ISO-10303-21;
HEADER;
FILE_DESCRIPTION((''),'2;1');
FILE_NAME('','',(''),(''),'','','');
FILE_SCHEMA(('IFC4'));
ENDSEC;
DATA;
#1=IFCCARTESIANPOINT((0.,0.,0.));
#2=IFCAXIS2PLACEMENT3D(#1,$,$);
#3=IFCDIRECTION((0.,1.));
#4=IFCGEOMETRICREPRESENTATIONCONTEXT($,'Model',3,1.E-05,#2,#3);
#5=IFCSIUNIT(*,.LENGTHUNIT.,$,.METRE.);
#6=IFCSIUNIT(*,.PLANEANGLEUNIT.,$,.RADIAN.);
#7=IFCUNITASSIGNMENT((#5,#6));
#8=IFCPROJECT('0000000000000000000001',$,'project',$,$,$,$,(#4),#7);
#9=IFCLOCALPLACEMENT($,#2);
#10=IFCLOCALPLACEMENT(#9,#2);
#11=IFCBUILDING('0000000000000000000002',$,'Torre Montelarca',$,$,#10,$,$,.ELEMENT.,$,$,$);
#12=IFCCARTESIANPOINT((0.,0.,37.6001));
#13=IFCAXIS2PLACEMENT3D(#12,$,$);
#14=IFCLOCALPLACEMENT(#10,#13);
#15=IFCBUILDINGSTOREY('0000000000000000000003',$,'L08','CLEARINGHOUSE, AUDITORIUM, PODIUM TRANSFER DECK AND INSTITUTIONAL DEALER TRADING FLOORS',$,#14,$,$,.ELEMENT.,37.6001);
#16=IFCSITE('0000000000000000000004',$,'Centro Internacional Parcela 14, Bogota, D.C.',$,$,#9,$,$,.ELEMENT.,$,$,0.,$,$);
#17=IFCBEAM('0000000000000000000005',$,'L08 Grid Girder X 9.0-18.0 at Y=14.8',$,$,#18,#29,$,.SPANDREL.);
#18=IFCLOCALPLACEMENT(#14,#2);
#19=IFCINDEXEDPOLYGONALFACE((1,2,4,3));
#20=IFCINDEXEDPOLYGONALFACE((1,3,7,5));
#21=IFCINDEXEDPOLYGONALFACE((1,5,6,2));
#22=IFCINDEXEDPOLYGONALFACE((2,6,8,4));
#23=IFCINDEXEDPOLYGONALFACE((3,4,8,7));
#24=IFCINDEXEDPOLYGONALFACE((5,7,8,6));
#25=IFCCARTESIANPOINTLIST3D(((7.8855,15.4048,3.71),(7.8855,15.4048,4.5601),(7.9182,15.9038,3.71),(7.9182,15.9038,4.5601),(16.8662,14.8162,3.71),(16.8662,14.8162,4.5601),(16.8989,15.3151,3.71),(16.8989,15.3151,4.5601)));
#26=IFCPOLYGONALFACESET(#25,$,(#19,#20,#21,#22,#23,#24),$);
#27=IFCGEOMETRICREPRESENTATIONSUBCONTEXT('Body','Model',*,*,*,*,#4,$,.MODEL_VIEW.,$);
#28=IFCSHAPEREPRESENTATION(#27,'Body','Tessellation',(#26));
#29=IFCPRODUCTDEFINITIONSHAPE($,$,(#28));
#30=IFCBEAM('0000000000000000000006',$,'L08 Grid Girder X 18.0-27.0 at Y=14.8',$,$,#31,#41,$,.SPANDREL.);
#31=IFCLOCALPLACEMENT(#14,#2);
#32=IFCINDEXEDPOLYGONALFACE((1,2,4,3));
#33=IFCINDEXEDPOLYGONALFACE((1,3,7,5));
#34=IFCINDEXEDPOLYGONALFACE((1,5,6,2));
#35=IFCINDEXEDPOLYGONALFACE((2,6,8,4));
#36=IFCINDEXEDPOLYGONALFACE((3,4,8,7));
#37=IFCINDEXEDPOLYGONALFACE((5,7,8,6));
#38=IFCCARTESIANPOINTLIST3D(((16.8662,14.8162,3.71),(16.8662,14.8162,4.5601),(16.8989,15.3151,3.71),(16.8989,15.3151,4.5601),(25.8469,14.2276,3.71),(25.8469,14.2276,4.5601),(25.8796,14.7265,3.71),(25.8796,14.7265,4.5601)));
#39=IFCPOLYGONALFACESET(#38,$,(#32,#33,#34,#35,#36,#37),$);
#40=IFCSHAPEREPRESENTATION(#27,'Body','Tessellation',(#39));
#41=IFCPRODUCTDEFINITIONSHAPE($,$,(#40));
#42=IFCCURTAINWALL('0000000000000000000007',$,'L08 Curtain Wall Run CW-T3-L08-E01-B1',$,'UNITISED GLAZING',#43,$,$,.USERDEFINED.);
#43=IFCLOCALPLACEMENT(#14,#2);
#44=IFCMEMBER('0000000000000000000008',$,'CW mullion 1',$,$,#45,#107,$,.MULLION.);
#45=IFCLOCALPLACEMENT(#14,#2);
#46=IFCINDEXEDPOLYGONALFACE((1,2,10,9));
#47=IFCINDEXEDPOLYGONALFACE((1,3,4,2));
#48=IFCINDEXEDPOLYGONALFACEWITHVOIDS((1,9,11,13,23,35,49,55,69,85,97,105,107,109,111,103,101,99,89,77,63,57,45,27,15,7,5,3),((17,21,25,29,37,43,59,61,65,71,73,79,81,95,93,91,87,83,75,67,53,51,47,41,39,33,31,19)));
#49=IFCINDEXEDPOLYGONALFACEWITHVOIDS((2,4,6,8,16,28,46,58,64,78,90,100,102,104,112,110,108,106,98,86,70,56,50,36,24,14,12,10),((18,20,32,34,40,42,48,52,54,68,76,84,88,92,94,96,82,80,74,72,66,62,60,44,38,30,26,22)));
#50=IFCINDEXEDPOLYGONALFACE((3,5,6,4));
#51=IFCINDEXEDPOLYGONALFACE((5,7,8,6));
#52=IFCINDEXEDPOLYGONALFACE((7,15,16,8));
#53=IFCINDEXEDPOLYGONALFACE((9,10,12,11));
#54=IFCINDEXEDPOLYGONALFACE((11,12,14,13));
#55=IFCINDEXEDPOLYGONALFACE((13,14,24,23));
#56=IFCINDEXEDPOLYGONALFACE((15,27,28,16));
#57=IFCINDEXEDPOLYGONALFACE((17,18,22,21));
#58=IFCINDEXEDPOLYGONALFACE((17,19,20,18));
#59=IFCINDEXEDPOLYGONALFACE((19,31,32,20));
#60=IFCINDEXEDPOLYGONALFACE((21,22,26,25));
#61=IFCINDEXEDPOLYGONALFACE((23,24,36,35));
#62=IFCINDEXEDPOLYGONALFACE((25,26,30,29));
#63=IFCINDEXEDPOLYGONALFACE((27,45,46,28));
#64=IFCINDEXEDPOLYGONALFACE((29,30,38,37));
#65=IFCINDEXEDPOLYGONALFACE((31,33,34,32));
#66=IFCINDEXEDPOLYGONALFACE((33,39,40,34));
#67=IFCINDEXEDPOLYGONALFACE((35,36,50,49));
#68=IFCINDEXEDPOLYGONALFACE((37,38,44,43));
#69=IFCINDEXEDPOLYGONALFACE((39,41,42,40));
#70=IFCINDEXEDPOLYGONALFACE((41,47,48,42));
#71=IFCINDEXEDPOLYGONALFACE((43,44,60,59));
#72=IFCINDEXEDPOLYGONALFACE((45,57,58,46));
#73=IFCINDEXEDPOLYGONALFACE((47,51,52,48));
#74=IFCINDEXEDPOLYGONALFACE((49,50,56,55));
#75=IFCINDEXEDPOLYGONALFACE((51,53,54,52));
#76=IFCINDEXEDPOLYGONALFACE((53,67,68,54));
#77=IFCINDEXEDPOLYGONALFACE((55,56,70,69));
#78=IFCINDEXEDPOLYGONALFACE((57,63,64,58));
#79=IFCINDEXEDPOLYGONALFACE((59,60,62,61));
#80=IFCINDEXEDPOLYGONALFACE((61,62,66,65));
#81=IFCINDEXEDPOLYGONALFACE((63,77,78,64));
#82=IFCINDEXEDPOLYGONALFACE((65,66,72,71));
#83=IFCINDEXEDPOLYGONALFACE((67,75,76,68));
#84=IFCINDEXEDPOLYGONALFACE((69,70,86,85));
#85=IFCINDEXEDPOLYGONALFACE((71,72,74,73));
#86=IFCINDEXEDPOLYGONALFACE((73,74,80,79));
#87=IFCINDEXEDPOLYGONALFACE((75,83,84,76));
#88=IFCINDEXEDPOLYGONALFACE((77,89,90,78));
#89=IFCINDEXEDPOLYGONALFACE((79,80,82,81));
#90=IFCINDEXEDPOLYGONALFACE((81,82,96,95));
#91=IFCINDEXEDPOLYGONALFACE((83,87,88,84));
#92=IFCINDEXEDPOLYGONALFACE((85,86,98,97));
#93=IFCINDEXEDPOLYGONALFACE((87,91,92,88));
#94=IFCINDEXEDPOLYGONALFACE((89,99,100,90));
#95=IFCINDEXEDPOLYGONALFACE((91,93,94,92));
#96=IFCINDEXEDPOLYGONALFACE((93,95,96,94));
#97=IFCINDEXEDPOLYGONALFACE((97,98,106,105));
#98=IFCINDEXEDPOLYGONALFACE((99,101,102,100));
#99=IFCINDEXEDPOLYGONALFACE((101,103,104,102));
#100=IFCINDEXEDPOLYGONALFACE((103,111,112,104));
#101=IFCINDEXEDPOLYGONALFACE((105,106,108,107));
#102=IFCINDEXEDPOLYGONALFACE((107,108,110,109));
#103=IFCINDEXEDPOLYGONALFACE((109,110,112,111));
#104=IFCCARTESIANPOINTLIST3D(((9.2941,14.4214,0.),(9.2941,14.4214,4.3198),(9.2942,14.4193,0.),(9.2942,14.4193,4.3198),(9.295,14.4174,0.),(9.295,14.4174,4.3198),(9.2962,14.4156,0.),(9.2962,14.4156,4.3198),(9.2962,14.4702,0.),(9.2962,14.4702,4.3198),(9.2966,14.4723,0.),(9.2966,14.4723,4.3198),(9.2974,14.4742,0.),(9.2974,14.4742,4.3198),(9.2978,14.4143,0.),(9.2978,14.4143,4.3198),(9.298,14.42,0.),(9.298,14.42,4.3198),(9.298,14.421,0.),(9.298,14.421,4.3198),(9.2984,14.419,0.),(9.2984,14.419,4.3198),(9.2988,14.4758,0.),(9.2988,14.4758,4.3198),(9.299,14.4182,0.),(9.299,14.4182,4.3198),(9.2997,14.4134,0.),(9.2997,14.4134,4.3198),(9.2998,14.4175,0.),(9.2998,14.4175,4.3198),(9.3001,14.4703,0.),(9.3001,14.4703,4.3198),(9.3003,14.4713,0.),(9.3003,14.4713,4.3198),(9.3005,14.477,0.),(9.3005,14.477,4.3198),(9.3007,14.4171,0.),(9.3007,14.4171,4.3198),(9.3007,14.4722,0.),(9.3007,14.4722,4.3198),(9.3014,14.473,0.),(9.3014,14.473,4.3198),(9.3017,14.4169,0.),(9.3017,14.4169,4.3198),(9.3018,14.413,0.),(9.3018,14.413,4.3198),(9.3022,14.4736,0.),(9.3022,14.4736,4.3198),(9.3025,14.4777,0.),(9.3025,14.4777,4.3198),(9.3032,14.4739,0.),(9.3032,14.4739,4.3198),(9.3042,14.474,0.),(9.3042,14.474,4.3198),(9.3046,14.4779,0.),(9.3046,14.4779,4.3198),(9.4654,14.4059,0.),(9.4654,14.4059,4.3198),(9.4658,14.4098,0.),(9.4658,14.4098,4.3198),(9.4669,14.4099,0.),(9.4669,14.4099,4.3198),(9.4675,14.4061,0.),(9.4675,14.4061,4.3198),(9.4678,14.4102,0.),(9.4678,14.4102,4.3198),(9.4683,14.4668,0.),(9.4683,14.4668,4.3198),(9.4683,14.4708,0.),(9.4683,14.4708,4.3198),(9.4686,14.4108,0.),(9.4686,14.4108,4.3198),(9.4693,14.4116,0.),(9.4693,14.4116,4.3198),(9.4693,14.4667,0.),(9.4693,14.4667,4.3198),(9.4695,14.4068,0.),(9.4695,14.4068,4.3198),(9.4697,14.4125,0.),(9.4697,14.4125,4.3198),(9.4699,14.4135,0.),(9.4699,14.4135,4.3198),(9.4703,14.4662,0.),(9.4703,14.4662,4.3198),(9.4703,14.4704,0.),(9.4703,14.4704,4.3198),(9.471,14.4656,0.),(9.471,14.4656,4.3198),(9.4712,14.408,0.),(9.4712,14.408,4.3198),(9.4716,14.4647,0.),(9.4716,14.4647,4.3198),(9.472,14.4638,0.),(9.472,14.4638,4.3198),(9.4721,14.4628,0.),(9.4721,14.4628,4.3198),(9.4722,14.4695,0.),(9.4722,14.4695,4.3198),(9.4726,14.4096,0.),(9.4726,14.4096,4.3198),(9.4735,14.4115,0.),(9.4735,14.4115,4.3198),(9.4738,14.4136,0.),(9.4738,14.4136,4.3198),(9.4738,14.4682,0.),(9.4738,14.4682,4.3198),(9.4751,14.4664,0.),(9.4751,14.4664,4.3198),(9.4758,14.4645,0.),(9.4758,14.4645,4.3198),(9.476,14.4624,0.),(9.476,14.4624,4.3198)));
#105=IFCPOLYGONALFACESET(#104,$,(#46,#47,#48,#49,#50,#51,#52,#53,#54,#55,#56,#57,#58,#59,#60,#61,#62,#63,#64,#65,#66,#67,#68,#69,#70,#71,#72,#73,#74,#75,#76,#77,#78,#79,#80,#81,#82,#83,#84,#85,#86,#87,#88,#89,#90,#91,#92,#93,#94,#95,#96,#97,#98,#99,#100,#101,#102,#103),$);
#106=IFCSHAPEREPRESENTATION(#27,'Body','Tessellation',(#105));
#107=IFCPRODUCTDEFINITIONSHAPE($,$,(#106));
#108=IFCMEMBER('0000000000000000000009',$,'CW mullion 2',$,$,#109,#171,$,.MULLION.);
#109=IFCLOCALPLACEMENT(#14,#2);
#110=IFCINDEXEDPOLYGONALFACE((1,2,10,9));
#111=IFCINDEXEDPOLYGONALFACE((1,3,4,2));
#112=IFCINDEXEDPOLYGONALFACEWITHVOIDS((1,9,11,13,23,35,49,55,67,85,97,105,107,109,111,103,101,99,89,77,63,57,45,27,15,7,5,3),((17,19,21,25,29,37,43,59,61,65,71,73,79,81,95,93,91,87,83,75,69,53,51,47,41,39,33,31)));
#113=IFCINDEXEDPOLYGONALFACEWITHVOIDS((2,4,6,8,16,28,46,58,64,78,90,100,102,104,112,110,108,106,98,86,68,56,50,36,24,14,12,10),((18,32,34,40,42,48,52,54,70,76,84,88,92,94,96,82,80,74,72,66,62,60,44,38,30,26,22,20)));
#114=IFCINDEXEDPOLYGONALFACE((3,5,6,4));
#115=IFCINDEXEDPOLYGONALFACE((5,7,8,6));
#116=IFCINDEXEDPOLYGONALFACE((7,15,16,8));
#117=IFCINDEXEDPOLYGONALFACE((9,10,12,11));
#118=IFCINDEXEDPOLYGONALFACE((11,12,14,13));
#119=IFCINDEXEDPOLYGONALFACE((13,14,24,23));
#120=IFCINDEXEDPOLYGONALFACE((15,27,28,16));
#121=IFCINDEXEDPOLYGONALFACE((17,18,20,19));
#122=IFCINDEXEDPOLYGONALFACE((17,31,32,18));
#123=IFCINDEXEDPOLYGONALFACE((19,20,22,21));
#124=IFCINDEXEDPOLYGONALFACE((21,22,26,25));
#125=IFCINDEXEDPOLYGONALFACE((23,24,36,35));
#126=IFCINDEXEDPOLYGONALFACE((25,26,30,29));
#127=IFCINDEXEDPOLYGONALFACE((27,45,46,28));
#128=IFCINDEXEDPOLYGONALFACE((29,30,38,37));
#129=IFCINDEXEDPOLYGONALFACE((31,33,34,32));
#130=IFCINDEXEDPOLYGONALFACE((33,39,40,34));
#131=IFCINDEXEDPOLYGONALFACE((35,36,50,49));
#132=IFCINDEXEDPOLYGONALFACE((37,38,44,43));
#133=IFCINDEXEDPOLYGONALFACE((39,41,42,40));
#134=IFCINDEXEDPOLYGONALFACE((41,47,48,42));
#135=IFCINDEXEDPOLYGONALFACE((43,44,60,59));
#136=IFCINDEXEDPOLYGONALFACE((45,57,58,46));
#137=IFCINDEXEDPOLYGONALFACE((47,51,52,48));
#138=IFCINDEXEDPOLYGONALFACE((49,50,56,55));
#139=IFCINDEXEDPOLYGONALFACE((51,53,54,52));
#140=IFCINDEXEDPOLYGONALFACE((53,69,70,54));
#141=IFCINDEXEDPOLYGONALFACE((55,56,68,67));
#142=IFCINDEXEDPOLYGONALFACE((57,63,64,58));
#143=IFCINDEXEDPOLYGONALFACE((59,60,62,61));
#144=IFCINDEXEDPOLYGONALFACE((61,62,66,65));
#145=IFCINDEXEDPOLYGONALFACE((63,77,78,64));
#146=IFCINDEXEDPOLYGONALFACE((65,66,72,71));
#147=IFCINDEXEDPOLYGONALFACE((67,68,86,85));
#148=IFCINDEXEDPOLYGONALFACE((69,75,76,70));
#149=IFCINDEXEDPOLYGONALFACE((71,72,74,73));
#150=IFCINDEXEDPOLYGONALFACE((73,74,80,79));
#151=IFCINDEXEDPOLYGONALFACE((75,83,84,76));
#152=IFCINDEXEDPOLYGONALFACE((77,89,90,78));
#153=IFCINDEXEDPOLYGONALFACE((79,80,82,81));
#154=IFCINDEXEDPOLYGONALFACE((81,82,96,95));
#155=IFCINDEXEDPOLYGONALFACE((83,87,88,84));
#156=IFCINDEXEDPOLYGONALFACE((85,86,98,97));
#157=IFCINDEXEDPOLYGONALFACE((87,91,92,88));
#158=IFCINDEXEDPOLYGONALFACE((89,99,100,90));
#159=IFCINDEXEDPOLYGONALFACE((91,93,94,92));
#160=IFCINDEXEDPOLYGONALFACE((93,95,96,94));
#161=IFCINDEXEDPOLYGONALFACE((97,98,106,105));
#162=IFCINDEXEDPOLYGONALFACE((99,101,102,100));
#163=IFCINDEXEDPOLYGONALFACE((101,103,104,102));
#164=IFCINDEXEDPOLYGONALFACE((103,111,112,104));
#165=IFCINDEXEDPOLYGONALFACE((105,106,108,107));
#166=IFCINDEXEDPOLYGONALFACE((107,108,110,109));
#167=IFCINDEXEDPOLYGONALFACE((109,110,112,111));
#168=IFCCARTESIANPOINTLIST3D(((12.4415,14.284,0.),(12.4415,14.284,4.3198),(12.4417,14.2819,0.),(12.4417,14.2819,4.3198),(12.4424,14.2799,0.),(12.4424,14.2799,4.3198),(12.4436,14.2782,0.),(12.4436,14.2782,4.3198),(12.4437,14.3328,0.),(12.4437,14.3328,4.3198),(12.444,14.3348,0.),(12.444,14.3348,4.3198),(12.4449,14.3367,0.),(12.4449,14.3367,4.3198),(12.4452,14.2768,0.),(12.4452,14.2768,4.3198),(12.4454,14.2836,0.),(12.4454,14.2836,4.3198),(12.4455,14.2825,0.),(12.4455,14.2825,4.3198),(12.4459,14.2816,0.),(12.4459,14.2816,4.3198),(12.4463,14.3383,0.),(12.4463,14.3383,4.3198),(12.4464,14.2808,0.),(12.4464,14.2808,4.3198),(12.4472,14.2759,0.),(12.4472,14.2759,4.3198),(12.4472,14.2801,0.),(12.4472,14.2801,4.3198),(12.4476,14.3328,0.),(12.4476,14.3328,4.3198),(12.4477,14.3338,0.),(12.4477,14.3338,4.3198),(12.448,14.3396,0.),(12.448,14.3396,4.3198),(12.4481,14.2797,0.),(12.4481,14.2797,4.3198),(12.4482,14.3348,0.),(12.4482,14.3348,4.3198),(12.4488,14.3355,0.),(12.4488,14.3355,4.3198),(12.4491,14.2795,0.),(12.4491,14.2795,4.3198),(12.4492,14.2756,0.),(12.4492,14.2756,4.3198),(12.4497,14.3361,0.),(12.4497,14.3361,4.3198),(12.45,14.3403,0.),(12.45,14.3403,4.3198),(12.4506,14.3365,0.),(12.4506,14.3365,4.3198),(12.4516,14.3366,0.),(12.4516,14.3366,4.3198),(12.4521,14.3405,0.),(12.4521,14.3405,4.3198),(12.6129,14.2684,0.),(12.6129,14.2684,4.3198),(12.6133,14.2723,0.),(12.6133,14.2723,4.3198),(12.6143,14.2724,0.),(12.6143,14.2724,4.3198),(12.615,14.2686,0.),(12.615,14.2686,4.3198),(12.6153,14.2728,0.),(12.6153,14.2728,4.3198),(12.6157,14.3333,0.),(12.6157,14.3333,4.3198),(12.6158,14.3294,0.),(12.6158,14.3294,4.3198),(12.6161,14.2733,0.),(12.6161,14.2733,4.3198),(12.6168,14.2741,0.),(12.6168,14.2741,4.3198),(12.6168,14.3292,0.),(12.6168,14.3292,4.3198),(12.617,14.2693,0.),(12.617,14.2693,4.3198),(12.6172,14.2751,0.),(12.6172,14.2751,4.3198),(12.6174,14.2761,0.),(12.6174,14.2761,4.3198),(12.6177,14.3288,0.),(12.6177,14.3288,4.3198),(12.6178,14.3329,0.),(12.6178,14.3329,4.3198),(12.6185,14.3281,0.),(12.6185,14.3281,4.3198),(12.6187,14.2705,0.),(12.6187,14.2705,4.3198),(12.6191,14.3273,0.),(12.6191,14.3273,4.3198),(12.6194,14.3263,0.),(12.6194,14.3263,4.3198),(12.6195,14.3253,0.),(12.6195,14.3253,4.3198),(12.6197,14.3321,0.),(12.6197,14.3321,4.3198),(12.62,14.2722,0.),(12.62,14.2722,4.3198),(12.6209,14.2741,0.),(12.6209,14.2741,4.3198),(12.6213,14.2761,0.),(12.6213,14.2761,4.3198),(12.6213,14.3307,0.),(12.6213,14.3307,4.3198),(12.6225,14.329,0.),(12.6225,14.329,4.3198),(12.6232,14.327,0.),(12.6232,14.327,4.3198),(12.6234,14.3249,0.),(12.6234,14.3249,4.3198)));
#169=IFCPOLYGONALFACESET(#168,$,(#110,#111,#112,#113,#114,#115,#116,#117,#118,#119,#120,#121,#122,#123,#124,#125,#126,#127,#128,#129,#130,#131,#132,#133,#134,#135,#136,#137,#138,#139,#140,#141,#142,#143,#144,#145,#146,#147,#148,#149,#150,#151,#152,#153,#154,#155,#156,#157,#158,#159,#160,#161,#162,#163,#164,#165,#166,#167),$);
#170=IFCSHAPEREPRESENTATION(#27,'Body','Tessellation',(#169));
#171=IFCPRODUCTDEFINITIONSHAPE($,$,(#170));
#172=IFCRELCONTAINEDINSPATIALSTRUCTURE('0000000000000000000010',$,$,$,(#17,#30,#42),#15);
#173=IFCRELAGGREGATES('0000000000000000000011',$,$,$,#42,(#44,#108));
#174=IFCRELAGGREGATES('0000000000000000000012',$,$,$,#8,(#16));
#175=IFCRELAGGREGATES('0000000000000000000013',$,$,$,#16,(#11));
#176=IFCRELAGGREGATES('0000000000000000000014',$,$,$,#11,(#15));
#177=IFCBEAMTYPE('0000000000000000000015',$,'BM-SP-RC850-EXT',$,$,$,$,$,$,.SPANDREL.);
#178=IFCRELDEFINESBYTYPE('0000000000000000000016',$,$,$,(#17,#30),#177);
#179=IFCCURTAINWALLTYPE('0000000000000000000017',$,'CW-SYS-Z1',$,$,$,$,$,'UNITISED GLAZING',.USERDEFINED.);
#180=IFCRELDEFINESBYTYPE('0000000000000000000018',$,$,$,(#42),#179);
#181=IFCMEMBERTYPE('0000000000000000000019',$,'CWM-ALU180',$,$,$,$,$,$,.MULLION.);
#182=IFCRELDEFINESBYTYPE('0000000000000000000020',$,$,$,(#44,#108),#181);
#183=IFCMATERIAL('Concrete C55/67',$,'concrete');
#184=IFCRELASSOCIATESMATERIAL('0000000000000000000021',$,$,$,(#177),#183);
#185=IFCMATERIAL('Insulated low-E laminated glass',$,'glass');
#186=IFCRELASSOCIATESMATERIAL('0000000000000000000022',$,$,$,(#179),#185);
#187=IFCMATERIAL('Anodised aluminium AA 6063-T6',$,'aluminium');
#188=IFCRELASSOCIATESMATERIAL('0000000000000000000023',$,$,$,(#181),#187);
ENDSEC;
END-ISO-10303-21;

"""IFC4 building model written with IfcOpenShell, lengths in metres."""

from ifc_helpers import new_model, si_unit, direction, frame, origin, origin_2d, place, context, subcontext, project, spatial, rectangle, hollow_rectangle, extrude, source, transform, mapped, material, material_profile, profile_set, type_object, element, aggregate, save


model = new_model("IFC4")

# Units and contexts
model_context = context("Model", 3, precision=1e-05, world=origin(), true_north=direction((0.0, 1.0)))
body_context = subcontext(model_context, "Body", "Model", "MODEL_VIEW")
ifc_project = project(units=[si_unit("LENGTHUNIT", "METRE"), si_unit("PLANEANGLEUNIT", "RADIAN")], contexts=[model_context])

# Site, building, storey
site_placement = place(None, origin())
site = spatial("IfcSite", under=ifc_project, at=site_placement, Name="Centro Internacional Parcela 14, Bogota, D.C.", CompositionType="ELEMENT", RefElevation=0.0)
building_placement = place(site_placement, origin())
building = spatial("IfcBuilding", under=site, at=building_placement, Name="Torre Montelarca", CompositionType="ELEMENT")
storey_placement = place(building_placement, frame((0.0, 0.0, 37.6001)))
storey = spatial("IfcBuildingStorey", under=building, at=storey_placement, Name="L08", Description="CLEARINGHOUSE, AUDITORIUM, PODIUM TRANSFER DECK AND INSTITUTIONAL DEALER TRADING FLOORS", CompositionType="ELEMENT", Elevation=37.6001)

# Beams
ifc_material_1 = material(Name="Concrete C55/67", Category="concrete")
ifc_material_profile_1 = material_profile(ifc_material_1, rectangle(XDim=0.5, YDim=0.8501, at=origin_2d()), Name="RCB500X850", Category="concrete")
ifc_profile_set_1 = profile_set([ifc_material_profile_1], Name="Concrete C55/67")
beam_type = type_object("IfcBeamType", Name="BM-SP-RC850-EXT", PredefinedType="SPANDREL", material=ifc_profile_set_1)
shared_shape_1 = source(origin(), body_context, "Body", "SweptSolid", [
    extrude(rectangle(XDim=0.5, YDim=0.8501, at=origin_2d()), origin(), (0.0, 0.0, 1.0), 9.0),
])
for number, where, z_axis, x_axis, name in (
    (1, (7.9019, 15.6543, 4.135), (0.997859, -0.065403, 0.0), (0.065403, 0.997859, 0.0), "L08 Grid Girder X 9.0-18.0 at Y=14.8"),
    (2, (16.8826, 15.0657, 4.135), (0.997859, -0.065403, 0.0), (0.065403, 0.997859, 0.0), "L08 Grid Girder X 18.0-27.0 at Y=14.8"),
):
    element("IfcBeam", number, at=place(storey_placement, frame(where, z_axis=z_axis, x_axis=x_axis)), inside=storey, type_object=beam_type, Name=name, PredefinedType="SPANDREL", context=body_context, shape_type="MappedRepresentation", body=[
        mapped(shared_shape_1, transform((0.0, 0.0, 0.0), scale=1.0)),
    ])

# Curtain wall, members
ifc_material_2 = material(Name="Insulated low-E laminated glass", Category="glass")
curtain_wall_type = type_object("IfcCurtainWallType", Name="CW-SYS-Z1", ElementType="UNITISED GLAZING", PredefinedType="USERDEFINED", material=ifc_material_2)
curtain_wall_1_placement = place(storey_placement, origin())
curtain_wall_1 = element("IfcCurtainWall", 3, at=curtain_wall_1_placement, inside=storey, type_object=curtain_wall_type, Name="L08 Curtain Wall Run CW-T3-L08-E01-B1", ObjectType="UNITISED GLAZING", PredefinedType="USERDEFINED")
ifc_material_3 = material(Name="Anodised aluminium AA 6063-T6", Category="aluminium")
ifc_material_profile_2 = material_profile(ifc_material_3, hollow_rectangle(XDim=0.0649, YDim=0.1799, WallThickness=0.0039, InnerFilletRadius=0.0039, OuterFilletRadius=0.0081, at=origin_2d()), Name="ALU65X180X4", Category="aluminium")
ifc_profile_set_2 = profile_set([ifc_material_profile_2], Name="Anodised aluminium AA 6063-T6")
member_type_1 = type_object("IfcMemberType", Name="CWM-ALU180", PredefinedType="MULLION", material=ifc_profile_set_2)
shared_shape_2 = source(origin(), body_context, "Body", "SweptSolid", [
    extrude(hollow_rectangle(XDim=0.0649, YDim=0.1799, WallThickness=0.0039, InnerFilletRadius=0.0039, OuterFilletRadius=0.0081, at=origin_2d()), origin(), (0.0, 0.0, 1.0), 4.3198),
])
member_1_placement = place(storey_placement, frame((9.385, 14.4419, 0.0), z_axis=(0.0, 0.0, 1.0), x_axis=(0.043625, 0.999048, 0.0)))
member_1 = element("IfcMember", 4, at=member_1_placement, type_object=member_type_1, Name="CW mullion 1", PredefinedType="MULLION", context=body_context, shape_type="MappedRepresentation", body=[
    mapped(shared_shape_2, transform((0.0, 0.0, 0.0), scale=1.0)),
])
member_2_placement = place(storey_placement, frame((12.5325, 14.3044, 0.0), z_axis=(0.0, 0.0, 1.0), x_axis=(0.043625, 0.999048, 0.0)))
member_2 = element("IfcMember", 5, at=member_2_placement, type_object=member_type_1, Name="CW mullion 2", PredefinedType="MULLION", context=body_context, shape_type="MappedRepresentation", body=[
    mapped(shared_shape_2, transform((0.0, 0.0, 0.0), scale=1.0)),
])

aggregate(curtain_wall_1, [member_1, member_2])

save(model, "model.ifc")
